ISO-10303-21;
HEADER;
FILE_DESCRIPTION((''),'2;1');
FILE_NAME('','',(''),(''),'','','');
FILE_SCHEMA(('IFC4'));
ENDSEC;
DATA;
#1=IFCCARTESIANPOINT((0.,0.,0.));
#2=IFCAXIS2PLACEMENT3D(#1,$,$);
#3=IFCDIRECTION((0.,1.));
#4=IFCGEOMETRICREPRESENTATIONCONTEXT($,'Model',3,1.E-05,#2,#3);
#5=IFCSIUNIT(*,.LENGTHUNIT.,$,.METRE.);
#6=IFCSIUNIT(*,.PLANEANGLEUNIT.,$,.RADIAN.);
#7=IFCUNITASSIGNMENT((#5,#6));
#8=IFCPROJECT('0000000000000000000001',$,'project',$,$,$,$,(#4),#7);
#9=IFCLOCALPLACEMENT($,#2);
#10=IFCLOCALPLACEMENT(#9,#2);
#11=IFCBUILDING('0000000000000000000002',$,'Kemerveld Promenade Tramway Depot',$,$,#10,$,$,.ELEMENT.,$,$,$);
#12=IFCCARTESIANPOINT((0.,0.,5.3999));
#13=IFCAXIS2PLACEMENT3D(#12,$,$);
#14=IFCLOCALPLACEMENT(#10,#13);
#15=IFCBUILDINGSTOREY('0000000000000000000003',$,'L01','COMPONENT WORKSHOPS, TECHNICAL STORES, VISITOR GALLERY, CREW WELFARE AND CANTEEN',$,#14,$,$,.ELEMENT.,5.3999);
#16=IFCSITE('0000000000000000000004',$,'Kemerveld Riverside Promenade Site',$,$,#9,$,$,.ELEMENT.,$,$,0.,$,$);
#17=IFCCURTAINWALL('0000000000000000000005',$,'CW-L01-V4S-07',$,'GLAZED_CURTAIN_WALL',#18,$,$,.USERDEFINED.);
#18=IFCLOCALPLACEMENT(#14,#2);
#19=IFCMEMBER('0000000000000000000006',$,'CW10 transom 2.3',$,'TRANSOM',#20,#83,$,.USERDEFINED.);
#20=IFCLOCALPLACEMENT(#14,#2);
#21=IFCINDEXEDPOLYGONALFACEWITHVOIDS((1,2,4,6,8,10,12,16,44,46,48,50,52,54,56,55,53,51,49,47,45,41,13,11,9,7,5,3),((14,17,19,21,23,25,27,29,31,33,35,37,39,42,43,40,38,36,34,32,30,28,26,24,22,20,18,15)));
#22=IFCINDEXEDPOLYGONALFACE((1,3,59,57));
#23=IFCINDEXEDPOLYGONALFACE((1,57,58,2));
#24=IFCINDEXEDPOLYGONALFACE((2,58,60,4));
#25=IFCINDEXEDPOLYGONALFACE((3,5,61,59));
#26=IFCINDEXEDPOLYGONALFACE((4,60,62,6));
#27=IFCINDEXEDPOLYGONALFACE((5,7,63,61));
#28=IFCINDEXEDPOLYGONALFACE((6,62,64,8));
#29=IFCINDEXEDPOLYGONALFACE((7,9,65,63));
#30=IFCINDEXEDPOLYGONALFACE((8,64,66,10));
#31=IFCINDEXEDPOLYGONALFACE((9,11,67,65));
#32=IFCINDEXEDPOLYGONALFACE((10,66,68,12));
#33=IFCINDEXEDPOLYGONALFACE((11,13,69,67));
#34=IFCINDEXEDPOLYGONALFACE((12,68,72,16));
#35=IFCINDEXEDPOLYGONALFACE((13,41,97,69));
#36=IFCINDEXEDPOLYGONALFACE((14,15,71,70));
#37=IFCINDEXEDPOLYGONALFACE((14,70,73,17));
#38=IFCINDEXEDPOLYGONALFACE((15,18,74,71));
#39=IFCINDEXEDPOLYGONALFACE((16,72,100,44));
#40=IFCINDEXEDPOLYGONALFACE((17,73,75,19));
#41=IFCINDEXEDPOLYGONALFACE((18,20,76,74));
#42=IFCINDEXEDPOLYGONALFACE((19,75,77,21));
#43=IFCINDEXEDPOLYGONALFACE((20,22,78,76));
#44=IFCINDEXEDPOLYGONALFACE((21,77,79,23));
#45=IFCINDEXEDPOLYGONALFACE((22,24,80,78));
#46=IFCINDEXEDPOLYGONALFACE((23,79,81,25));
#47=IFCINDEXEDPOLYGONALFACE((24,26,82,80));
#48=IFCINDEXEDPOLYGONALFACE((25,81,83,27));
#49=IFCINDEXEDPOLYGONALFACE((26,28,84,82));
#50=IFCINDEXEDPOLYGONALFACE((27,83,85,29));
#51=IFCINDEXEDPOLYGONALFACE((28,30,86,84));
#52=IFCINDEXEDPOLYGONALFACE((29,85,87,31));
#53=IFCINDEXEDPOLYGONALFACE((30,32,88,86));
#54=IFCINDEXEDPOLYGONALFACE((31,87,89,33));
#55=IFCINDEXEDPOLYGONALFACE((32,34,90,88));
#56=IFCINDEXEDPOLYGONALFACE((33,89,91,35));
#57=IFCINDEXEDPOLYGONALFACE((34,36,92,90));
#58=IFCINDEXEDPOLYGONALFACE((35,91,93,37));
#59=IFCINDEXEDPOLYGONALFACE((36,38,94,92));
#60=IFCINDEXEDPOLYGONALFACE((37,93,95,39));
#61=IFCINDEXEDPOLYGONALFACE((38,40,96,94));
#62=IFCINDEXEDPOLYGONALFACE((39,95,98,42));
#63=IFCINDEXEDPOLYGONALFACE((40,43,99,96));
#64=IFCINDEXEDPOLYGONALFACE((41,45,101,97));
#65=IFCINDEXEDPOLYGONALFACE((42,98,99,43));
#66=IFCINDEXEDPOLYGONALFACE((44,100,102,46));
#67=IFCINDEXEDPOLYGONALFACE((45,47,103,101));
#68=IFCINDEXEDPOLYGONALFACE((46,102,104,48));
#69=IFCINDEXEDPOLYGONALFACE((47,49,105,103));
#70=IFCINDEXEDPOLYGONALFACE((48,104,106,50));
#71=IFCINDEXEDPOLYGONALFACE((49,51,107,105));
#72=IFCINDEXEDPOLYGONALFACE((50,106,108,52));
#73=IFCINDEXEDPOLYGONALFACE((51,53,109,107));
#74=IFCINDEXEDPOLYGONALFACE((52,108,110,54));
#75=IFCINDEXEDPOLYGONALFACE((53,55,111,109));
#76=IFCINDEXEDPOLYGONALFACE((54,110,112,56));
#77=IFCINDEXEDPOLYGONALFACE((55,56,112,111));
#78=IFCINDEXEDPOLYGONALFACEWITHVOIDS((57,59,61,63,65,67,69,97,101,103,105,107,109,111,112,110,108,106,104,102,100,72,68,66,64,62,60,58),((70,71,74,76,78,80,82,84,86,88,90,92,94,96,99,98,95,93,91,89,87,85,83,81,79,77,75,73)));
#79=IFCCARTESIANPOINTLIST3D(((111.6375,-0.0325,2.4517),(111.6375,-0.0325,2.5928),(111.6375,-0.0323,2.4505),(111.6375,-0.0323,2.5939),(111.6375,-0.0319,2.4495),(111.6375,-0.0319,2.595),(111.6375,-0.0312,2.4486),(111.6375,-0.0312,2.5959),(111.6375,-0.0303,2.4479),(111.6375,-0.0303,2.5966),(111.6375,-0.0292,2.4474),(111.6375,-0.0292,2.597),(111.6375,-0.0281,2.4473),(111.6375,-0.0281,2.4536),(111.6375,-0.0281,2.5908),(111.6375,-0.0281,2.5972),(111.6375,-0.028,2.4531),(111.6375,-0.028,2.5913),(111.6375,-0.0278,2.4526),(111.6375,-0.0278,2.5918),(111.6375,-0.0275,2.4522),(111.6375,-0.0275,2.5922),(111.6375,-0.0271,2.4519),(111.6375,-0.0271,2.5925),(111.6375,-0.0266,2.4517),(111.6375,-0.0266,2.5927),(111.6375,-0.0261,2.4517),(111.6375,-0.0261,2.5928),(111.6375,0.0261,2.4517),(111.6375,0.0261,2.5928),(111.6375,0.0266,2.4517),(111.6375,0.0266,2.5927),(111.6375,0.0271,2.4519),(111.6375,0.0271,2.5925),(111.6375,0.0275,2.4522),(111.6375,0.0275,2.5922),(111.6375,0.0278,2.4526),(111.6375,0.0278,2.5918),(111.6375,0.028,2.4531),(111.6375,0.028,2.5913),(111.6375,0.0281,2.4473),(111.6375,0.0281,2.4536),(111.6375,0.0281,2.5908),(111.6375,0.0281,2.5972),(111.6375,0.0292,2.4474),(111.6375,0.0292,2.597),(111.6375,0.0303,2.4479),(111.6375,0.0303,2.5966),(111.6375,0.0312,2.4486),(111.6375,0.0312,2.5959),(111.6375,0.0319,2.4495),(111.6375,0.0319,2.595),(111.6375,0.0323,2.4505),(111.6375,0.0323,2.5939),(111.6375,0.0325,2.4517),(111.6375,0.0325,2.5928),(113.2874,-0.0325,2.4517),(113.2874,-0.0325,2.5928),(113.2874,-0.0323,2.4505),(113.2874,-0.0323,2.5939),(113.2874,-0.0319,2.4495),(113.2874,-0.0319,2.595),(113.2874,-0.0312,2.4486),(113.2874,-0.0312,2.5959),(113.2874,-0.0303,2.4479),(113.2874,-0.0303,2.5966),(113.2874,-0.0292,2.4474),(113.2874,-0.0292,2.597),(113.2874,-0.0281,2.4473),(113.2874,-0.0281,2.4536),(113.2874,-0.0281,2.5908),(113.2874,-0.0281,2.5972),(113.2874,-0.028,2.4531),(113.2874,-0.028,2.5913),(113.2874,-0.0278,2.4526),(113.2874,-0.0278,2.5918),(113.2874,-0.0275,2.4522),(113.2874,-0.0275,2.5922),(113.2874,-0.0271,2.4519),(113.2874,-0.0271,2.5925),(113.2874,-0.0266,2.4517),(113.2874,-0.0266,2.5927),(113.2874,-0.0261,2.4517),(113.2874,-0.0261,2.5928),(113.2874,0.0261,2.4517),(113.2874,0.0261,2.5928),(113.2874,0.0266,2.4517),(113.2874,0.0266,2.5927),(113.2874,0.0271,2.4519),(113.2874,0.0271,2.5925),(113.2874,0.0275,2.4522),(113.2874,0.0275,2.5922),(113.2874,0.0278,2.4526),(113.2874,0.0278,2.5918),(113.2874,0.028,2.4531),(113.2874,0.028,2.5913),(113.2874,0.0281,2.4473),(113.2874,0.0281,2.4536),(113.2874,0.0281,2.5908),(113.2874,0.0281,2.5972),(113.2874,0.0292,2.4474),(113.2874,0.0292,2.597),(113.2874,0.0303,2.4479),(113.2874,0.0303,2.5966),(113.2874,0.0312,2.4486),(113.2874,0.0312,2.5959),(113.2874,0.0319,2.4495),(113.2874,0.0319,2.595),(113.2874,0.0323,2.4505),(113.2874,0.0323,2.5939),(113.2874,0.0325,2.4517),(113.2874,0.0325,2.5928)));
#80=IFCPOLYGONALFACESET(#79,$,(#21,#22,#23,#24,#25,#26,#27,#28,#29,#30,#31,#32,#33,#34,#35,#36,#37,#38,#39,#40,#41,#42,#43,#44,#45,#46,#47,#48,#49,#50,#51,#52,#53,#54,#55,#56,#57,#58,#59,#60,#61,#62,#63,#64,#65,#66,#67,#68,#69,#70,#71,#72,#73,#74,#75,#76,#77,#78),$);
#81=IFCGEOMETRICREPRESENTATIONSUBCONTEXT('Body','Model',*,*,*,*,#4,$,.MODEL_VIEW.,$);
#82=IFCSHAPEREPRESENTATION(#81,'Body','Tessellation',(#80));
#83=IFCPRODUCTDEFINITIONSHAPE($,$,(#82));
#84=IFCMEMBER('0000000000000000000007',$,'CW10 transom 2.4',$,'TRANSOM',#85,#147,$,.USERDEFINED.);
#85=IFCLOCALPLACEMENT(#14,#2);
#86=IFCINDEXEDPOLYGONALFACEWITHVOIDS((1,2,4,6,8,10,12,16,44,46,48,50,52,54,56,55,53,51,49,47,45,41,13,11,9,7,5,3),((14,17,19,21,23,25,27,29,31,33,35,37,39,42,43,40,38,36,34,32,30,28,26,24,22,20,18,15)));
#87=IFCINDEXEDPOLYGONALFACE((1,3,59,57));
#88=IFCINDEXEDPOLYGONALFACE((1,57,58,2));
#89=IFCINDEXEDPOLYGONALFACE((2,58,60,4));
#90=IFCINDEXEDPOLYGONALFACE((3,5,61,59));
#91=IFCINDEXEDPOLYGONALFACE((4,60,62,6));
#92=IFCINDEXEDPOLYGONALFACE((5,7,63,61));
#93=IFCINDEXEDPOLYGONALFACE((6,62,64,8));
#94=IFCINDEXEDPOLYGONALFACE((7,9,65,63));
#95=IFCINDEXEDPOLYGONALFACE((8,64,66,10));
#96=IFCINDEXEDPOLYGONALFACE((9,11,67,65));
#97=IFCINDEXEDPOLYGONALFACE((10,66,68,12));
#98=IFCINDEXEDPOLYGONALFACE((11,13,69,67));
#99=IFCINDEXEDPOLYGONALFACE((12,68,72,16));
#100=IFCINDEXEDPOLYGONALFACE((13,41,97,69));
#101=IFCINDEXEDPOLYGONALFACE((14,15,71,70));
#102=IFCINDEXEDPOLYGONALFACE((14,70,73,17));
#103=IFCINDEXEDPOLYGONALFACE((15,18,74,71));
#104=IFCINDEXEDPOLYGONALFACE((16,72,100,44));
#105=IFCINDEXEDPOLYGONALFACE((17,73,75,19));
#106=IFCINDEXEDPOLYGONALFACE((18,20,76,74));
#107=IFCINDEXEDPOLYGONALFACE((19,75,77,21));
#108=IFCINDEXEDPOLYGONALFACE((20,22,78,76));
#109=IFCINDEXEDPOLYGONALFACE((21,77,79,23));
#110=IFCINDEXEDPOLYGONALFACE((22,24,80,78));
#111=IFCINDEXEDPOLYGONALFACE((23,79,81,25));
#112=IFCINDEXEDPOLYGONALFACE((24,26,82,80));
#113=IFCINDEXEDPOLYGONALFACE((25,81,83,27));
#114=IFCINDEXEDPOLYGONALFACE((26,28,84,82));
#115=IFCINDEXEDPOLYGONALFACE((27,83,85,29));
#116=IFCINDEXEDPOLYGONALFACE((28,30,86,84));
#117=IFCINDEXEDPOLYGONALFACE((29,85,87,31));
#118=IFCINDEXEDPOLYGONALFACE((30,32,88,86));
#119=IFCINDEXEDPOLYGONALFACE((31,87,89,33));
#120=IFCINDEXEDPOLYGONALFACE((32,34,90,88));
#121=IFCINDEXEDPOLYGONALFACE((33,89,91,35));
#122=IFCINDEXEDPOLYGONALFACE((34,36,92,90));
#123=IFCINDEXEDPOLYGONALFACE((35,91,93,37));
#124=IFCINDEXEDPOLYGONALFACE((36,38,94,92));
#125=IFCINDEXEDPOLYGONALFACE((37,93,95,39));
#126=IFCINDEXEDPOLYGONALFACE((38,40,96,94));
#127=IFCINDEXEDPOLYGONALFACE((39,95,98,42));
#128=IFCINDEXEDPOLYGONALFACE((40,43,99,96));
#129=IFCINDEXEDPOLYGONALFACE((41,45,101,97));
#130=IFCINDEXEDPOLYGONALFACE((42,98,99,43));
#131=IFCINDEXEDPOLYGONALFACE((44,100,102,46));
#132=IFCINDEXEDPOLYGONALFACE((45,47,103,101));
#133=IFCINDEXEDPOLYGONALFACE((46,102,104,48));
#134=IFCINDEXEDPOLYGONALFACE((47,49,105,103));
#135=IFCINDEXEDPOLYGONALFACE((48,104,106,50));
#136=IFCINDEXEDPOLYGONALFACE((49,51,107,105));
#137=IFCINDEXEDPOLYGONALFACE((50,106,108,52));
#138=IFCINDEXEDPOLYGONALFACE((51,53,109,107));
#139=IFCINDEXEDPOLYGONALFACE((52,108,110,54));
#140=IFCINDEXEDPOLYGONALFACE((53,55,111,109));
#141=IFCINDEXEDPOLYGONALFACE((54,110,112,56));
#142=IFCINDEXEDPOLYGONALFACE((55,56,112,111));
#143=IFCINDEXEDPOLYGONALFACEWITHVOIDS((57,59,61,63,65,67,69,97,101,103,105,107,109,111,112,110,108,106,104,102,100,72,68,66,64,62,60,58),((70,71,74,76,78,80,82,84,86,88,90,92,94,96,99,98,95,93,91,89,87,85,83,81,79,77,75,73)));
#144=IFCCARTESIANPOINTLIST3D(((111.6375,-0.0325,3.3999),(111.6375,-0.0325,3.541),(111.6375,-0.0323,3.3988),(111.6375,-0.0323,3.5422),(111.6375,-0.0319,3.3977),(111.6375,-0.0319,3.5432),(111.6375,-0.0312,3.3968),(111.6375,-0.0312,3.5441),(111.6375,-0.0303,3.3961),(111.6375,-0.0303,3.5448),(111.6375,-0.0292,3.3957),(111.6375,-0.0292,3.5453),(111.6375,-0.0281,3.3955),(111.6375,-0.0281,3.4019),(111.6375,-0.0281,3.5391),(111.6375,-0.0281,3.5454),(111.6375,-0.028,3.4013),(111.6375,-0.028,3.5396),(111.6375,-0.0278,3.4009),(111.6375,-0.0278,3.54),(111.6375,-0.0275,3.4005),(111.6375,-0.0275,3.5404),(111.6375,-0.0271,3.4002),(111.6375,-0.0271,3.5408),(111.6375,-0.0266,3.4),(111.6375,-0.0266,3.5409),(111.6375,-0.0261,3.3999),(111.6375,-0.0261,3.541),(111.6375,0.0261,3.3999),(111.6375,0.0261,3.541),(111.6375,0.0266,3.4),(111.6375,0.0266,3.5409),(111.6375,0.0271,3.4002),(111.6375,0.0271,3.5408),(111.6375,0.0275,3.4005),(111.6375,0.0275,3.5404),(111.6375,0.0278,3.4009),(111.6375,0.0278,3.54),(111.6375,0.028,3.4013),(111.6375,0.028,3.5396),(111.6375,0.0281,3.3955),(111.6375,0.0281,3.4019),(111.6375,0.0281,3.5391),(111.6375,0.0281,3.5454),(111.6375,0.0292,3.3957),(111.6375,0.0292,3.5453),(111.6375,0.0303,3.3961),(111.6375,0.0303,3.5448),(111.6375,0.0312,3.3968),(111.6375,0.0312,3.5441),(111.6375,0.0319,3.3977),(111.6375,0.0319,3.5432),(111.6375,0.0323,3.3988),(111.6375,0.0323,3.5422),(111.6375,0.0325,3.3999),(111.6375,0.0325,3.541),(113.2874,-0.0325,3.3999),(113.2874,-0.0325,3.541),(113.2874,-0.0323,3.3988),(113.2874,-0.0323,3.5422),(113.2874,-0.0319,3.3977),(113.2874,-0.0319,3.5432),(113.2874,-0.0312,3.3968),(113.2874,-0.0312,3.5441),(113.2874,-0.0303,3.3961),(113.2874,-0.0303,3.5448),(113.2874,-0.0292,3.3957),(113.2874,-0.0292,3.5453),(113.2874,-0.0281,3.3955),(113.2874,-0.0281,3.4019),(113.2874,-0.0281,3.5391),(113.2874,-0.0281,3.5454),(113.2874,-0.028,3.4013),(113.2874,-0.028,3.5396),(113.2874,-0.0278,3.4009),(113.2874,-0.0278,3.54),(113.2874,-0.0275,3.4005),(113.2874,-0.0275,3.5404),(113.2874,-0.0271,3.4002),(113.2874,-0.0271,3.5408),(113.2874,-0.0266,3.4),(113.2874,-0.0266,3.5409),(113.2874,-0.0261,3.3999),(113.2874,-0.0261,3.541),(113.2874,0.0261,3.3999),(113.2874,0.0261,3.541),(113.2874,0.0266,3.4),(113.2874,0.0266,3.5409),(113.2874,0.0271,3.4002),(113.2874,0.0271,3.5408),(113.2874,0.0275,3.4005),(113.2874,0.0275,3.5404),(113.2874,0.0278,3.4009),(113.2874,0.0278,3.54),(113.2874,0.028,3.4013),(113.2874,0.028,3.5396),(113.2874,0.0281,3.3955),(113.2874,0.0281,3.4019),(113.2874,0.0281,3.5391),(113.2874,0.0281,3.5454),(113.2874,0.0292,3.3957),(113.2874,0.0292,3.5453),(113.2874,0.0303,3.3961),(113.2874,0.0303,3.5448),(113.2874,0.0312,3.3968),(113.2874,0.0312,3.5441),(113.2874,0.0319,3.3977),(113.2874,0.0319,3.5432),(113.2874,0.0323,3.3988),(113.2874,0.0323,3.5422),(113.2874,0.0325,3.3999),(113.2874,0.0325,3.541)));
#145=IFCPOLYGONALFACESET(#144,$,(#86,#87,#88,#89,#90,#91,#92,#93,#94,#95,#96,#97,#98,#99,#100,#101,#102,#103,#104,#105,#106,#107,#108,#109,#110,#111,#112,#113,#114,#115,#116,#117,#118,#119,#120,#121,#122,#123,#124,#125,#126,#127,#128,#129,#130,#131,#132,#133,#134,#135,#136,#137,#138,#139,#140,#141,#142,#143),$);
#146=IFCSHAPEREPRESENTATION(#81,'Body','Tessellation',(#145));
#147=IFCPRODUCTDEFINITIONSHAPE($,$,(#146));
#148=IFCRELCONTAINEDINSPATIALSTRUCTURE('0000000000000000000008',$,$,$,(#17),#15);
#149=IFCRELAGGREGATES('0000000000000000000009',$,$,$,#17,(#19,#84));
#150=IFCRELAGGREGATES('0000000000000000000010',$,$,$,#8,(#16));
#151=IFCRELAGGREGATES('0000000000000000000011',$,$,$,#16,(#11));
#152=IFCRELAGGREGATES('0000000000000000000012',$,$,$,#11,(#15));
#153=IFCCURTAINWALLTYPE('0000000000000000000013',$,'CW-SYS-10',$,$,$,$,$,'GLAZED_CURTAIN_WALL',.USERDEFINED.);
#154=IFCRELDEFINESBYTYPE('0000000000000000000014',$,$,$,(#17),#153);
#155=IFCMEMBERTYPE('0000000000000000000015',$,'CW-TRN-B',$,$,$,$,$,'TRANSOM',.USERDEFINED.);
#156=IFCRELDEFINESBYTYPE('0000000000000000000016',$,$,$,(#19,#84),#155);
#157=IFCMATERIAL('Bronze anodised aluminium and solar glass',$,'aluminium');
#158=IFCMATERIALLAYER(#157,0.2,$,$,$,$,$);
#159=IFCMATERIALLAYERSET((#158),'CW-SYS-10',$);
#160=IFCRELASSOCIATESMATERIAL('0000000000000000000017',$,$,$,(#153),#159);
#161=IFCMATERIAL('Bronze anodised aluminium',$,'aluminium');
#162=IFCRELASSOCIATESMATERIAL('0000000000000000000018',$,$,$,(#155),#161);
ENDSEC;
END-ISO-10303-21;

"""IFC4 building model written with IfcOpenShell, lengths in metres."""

from ifc_helpers import new_model, si_unit, direction, frame, origin, origin_2d, place, context, subcontext, project, spatial, hollow_rectangle, extrude, material, layer, layer_set, material_profile, profile_set, type_object, element, aggregate, save


model = new_model("IFC4")

# Units and contexts
model_context = context("Model", 3, precision=1e-05, world=origin(), true_north=direction((0.0, 1.0)))
body_context = subcontext(model_context, "Body", "Model", "MODEL_VIEW")
ifc_project = project(units=[si_unit("LENGTHUNIT", "METRE"), si_unit("PLANEANGLEUNIT", "RADIAN")], contexts=[model_context])

# Site, building, storey
site_placement = place(None, origin())
site = spatial("IfcSite", under=ifc_project, at=site_placement, Name="Kemerveld Riverside Promenade Site", CompositionType="ELEMENT", RefElevation=0.0)
building_placement = place(site_placement, origin())
building = spatial("IfcBuilding", under=site, at=building_placement, Name="Kemerveld Promenade Tramway Depot", CompositionType="ELEMENT")
storey_placement = place(building_placement, frame((0.0, 0.0, 5.3999)))
storey = spatial("IfcBuildingStorey", under=building, at=storey_placement, Name="L01", Description="COMPONENT WORKSHOPS, TECHNICAL STORES, VISITOR GALLERY, CREW WELFARE AND CANTEEN", CompositionType="ELEMENT", Elevation=5.3999)

# Curtain wall, members
ifc_material_1 = material(Name="Bronze anodised aluminium and solar glass", Category="aluminium")
ifc_layer_1 = layer(ifc_material_1, 0.2)
ifc_layer_set_1 = layer_set([ifc_layer_1], Name="CW-SYS-10")
curtain_wall_type = type_object("IfcCurtainWallType", Name="CW-SYS-10", ElementType="GLAZED_CURTAIN_WALL", PredefinedType="USERDEFINED", material=ifc_layer_set_1)
curtain_wall_placement = place(storey_placement, origin())
curtain_wall = element("IfcCurtainWall", 1, at=curtain_wall_placement, inside=storey, type_object=curtain_wall_type, Name="CW-L01-V4S-07", ObjectType="GLAZED_CURTAIN_WALL", PredefinedType="USERDEFINED")
ifc_material_2 = material(Name="Bronze anodised aluminium", Category="aluminium")
ifc_material_profile_1 = material_profile(ifc_material_2, hollow_rectangle(XDim=0.0649, YDim=0.1499, WallThickness=0.0044, InnerFilletRadius=0.002, OuterFilletRadius=0.0044, at=origin_2d()), Name="CW-TRN-150x65")
ifc_profile_set_1 = profile_set([ifc_material_profile_1], Name="Bronze anodised aluminium")
member_type_1 = type_object("IfcMemberType", Name="CW-TRN-B", ElementType="TRANSOM", PredefinedType="USERDEFINED", material=ifc_profile_set_1)
member_1_placement = place(storey_placement, frame((113.2874, 0.0, 2.5222), z_axis=(-1.0, 0.0, 0.0), x_axis=(0.0, -1.0, 0.0)))
member_1 = element("IfcMember", 2, at=member_1_placement, type_object=member_type_1, Name="CW10 transom 2.3", ObjectType="TRANSOM", PredefinedType="USERDEFINED", context=body_context, shape_type="SweptSolid", body=[
    extrude(hollow_rectangle(XDim=0.0649, YDim=0.1499, WallThickness=0.0044, InnerFilletRadius=0.002, OuterFilletRadius=0.0044, at=origin_2d()), origin(), (0.0, 0.0, 1.0), 1.6499),
])
member_2_placement = place(storey_placement, frame((113.2874, 0.0, 3.4705), z_axis=(-1.0, 0.0, 0.0), x_axis=(0.0, -1.0, 0.0)))
member_2 = element("IfcMember", 3, at=member_2_placement, type_object=member_type_1, Name="CW10 transom 2.4", ObjectType="TRANSOM", PredefinedType="USERDEFINED", context=body_context, shape_type="SweptSolid", body=[
    extrude(hollow_rectangle(XDim=0.0649, YDim=0.1499, WallThickness=0.0044, InnerFilletRadius=0.002, OuterFilletRadius=0.0044, at=origin_2d()), origin(), (0.0, 0.0, 1.0), 1.6499),
])
aggregate(curtain_wall, [member_1, member_2])

save(model, "model.ifc")
